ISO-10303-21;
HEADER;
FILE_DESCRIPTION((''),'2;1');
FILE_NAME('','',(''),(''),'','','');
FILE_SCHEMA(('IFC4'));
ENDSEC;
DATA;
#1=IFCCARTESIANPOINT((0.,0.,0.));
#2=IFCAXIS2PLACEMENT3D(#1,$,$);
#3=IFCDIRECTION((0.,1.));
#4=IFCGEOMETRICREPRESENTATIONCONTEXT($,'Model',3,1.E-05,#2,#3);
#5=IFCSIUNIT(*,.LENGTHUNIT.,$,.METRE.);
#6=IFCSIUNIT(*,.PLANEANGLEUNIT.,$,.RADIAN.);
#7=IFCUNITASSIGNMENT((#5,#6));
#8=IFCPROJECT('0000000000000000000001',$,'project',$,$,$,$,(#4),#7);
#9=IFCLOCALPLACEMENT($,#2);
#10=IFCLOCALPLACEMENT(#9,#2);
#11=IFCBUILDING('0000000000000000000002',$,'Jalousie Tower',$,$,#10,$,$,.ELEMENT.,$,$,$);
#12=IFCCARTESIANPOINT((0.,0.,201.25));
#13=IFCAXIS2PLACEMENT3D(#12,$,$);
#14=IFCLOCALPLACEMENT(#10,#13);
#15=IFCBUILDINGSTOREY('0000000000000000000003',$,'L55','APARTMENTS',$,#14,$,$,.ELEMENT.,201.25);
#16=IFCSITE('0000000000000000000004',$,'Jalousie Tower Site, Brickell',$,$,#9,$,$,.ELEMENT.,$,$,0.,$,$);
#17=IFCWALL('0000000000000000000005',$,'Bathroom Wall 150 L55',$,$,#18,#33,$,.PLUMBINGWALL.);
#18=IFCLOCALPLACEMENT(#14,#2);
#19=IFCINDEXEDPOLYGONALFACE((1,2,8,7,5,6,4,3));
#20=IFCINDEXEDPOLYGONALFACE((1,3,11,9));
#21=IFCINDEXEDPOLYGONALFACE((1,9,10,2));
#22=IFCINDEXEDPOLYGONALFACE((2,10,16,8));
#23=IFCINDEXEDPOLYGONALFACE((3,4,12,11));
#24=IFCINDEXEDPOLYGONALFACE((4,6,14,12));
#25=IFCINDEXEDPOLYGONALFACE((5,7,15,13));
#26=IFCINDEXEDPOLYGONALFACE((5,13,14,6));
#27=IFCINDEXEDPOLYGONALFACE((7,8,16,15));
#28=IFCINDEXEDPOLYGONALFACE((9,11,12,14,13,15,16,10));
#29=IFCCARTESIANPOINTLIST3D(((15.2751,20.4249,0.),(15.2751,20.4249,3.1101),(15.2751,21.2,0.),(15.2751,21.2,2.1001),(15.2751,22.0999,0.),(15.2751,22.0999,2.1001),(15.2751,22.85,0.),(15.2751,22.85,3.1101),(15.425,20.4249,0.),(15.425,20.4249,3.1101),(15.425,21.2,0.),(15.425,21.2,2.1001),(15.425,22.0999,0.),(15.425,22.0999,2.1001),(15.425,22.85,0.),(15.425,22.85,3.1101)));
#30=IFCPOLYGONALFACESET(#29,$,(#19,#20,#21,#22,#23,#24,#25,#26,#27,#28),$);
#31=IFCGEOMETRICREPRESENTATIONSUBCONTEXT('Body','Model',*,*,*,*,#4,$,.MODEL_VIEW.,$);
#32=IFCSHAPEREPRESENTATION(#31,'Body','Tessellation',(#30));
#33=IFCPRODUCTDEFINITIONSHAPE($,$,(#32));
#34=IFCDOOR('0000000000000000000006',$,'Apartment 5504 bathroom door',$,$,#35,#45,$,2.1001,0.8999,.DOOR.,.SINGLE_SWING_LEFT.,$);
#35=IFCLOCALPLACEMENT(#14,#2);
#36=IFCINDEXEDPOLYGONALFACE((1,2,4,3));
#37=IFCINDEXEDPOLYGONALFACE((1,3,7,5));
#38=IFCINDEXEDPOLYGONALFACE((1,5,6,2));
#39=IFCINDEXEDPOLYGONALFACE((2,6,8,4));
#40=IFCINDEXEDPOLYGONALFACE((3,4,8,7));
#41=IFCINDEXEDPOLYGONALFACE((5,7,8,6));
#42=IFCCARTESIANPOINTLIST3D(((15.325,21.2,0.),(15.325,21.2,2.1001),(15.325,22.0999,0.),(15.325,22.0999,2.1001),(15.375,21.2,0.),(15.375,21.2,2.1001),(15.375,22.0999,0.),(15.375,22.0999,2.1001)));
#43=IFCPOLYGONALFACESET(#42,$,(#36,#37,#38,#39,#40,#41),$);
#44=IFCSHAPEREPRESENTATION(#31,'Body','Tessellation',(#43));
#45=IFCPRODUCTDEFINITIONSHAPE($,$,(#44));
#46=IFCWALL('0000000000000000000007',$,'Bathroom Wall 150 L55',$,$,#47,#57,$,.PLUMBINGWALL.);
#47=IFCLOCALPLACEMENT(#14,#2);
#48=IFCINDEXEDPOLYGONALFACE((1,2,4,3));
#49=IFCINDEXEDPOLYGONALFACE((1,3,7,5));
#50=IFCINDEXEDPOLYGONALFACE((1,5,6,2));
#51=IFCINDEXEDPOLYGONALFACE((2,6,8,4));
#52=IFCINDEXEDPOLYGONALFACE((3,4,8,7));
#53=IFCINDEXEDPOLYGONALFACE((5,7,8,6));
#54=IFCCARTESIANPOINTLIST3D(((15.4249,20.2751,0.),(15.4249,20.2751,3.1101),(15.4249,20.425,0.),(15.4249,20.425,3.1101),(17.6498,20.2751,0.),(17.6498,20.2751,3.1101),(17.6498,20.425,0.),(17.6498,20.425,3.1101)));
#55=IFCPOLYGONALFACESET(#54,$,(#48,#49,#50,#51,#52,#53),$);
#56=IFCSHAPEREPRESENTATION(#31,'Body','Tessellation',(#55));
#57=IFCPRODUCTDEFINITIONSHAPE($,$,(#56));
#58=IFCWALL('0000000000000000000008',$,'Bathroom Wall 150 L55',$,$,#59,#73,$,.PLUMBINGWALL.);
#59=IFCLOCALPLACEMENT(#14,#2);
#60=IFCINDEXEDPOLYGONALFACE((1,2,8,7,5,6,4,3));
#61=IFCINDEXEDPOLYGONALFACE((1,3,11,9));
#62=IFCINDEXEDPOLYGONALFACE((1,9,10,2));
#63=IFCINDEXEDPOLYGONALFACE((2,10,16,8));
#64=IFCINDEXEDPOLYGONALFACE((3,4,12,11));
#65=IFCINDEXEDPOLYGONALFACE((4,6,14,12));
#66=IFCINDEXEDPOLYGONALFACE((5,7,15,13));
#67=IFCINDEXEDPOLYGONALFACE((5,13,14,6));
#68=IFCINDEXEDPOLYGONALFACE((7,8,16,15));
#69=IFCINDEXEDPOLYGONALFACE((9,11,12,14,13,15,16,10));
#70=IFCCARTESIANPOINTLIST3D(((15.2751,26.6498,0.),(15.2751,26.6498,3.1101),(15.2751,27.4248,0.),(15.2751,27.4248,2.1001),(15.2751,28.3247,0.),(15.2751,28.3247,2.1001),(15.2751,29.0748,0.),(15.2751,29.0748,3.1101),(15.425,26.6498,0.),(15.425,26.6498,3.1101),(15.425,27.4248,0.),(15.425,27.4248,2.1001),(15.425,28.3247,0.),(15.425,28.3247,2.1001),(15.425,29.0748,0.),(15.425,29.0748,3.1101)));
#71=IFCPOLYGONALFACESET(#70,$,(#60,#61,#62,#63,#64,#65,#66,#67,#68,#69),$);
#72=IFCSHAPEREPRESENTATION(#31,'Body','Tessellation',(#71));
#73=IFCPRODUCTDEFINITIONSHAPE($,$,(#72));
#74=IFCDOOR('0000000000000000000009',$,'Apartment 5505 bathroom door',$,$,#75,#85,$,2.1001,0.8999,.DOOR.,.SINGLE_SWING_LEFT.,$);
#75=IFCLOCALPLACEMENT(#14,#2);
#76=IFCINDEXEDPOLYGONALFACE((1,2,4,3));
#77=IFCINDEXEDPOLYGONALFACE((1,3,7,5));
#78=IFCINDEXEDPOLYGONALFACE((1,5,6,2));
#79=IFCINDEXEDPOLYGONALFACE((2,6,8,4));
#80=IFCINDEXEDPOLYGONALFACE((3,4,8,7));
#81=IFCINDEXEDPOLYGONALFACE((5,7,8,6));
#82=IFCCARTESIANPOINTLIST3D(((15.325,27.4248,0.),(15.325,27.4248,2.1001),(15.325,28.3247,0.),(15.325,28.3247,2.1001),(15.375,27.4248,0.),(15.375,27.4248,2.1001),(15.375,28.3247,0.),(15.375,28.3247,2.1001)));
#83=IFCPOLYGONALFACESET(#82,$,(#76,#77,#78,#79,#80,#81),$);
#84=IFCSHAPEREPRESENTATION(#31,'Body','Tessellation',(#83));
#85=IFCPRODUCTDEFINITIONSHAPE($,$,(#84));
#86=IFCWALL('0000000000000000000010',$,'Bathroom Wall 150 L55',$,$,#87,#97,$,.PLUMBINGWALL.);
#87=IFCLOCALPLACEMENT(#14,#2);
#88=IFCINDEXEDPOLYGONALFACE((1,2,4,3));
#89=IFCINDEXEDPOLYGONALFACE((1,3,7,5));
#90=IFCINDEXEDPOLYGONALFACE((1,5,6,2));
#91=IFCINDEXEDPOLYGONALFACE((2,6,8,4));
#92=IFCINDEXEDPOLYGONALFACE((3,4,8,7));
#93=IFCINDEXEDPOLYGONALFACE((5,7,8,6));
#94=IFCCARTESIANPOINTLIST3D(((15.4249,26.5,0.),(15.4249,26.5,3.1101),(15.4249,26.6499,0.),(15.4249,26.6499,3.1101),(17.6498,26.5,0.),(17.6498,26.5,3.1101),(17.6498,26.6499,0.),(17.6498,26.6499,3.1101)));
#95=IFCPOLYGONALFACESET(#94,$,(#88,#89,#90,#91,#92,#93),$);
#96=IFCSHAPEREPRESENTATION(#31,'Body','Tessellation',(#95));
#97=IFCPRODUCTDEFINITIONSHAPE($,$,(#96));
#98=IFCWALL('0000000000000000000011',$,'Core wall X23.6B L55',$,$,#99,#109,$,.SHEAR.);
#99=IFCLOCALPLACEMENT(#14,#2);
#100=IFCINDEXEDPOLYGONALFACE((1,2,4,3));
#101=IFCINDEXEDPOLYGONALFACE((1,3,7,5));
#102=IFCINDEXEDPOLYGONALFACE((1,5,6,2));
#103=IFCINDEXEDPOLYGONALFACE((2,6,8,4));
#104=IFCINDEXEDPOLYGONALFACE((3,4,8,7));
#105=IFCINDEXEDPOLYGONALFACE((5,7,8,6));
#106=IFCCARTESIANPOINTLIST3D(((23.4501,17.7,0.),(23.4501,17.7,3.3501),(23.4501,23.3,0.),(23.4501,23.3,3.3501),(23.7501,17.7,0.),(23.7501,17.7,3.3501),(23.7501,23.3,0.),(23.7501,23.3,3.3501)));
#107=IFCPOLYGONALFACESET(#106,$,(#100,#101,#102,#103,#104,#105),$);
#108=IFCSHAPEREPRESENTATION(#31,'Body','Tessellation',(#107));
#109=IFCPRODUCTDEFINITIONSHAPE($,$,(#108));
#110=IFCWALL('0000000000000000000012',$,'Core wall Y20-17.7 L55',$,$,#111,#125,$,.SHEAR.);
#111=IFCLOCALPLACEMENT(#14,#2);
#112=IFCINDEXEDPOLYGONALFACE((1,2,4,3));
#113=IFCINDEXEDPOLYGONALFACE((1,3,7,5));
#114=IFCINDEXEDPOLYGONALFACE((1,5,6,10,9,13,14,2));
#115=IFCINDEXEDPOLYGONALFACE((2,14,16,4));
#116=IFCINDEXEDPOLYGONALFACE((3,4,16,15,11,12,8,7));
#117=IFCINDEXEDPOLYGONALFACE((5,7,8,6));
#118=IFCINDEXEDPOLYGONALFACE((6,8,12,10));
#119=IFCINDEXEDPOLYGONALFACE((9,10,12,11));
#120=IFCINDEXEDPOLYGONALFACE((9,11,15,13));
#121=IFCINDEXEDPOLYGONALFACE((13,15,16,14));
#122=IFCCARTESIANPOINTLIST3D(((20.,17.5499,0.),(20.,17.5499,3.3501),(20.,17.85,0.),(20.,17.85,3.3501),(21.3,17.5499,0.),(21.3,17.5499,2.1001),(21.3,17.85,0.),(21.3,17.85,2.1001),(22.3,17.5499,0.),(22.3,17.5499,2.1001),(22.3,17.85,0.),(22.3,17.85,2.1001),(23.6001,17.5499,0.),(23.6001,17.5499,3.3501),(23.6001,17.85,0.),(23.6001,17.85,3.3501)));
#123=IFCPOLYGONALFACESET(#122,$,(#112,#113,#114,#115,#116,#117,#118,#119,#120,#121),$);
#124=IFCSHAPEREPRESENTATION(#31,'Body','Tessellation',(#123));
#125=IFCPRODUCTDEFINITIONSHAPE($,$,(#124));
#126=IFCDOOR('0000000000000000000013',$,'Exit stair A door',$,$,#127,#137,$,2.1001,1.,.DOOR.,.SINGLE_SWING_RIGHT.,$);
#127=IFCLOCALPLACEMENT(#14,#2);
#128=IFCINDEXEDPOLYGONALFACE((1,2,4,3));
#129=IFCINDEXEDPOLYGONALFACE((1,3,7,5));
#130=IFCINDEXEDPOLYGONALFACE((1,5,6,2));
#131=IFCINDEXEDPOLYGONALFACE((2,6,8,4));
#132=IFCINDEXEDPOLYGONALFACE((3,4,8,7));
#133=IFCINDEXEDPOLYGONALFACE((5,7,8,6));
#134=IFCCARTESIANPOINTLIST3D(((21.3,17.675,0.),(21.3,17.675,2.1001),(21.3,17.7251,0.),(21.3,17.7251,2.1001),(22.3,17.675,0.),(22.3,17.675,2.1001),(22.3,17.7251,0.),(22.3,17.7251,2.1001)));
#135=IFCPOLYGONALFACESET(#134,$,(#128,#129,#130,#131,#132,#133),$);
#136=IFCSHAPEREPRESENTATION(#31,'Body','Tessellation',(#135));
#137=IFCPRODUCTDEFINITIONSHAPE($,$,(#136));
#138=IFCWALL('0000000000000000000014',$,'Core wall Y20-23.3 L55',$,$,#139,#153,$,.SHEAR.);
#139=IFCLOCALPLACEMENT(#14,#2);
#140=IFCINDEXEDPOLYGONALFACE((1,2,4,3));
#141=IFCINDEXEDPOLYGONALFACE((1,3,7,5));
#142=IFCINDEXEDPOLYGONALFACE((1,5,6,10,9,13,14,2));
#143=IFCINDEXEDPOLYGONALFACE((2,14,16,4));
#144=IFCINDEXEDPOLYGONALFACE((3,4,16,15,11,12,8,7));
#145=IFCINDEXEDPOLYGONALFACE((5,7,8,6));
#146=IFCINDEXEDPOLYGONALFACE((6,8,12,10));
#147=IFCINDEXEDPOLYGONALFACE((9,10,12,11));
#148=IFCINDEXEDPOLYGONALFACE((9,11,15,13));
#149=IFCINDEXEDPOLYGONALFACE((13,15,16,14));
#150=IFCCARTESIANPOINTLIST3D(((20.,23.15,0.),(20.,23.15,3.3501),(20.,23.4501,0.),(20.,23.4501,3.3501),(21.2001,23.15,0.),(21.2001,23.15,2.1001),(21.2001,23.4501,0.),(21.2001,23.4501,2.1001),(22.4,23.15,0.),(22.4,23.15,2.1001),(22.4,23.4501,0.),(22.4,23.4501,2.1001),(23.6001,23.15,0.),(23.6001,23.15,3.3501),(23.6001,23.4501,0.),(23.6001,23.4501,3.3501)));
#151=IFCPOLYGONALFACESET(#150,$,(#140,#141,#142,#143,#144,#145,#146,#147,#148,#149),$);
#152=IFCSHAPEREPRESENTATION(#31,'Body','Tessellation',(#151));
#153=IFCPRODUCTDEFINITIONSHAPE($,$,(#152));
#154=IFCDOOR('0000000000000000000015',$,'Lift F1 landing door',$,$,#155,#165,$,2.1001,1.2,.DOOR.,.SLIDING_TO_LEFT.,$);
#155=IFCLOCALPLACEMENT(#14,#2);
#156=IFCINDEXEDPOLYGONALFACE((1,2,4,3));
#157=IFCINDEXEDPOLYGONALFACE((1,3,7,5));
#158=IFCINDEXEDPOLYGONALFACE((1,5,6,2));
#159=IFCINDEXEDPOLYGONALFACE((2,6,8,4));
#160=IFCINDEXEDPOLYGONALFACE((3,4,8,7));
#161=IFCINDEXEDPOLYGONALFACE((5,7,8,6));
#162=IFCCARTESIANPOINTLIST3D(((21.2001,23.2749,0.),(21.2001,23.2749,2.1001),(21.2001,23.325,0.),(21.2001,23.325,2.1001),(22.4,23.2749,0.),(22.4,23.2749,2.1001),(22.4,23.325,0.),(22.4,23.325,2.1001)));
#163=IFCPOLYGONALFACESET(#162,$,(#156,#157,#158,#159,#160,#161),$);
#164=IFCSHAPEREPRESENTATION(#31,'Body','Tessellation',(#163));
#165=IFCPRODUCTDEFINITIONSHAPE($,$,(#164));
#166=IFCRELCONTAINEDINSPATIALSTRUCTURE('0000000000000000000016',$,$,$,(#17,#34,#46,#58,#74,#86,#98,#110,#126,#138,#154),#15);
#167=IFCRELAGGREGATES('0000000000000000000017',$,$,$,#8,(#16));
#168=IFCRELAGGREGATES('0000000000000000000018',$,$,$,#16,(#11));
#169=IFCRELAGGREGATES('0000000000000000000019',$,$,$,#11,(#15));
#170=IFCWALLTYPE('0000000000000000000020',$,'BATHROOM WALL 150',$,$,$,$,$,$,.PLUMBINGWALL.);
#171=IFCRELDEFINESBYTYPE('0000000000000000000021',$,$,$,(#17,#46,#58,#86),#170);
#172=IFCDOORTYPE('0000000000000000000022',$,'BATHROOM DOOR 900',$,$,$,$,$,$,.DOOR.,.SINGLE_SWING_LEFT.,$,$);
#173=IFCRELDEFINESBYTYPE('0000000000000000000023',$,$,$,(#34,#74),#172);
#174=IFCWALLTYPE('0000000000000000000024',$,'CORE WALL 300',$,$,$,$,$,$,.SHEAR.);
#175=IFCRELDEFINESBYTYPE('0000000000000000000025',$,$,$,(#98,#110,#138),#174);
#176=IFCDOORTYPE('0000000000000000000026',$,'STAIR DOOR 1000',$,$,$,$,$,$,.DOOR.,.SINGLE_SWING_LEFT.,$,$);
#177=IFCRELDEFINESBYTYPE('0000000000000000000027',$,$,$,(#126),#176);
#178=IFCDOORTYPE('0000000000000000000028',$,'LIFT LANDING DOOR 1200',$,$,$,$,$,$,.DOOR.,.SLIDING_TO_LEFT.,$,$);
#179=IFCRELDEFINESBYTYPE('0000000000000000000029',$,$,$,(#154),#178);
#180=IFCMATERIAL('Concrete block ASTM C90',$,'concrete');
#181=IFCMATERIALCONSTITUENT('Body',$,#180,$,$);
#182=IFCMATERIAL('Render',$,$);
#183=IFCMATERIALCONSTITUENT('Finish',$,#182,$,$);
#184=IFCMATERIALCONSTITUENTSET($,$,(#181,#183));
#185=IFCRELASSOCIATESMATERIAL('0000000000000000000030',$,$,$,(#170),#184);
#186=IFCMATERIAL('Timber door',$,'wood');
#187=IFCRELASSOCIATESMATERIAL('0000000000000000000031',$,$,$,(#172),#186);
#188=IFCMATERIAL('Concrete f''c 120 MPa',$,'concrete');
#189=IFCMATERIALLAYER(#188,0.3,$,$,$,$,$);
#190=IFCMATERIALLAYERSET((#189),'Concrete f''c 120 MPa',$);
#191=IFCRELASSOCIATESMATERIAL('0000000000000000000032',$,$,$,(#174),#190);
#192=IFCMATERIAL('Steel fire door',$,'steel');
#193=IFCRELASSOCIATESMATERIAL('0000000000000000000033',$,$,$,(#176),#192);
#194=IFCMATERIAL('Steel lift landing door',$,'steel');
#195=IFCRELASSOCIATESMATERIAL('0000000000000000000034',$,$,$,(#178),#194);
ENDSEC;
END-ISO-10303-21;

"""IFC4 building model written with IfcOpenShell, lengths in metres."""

from ifc_helpers import new_model, si_unit, direction, frame, frame_2d, origin, place, context, subcontext, project, spatial, rectangle, extrude, material, layer, layer_set, constituent, constituent_set, type_object, element, fill, save


model = new_model("IFC4")

# Units and contexts
model_context = context("Model", 3, precision=1e-05, world=origin(), true_north=direction((0.0, 1.0)))
body_context = subcontext(model_context, "Body", "Model", "MODEL_VIEW")
ifc_project = project(units=[si_unit("LENGTHUNIT", "METRE"), si_unit("PLANEANGLEUNIT", "RADIAN")], contexts=[model_context])

# Site, building, storey
site_placement = place(None, origin())
site = spatial("IfcSite", under=ifc_project, at=site_placement, Name="Jalousie Tower Site, Brickell", CompositionType="ELEMENT", RefElevation=0.0)
building_placement = place(site_placement, origin())
building = spatial("IfcBuilding", under=site, at=building_placement, Name="Jalousie Tower", CompositionType="ELEMENT")
storey_placement = place(building_placement, frame((0.0, 0.0, 201.25)))
storey = spatial("IfcBuildingStorey", under=building, at=storey_placement, Name="L55", Description="APARTMENTS", CompositionType="ELEMENT", Elevation=201.25)

# Wall, opening, door
ifc_material_1 = material(Name="Concrete block ASTM C90", Category="concrete")
ifc_constituent_1 = constituent(ifc_material_1, Name="Body")
ifc_material_2 = material(Name="Render")
ifc_constituent_2 = constituent(ifc_material_2, Name="Finish")
ifc_constituent_set_1 = constituent_set(constituents=[ifc_constituent_1, ifc_constituent_2])
wall_type_1 = type_object("IfcWallType", Name="BATHROOM WALL 150", PredefinedType="PLUMBINGWALL", material=ifc_constituent_set_1)
wall_1_placement = place(storey_placement, frame((15.3501, 20.425, 0.0), z_axis=(0.0, 0.0, 1.0), x_axis=(0.0, 1.0, 0.0)))
wall_1 = element("IfcWall", 1, at=wall_1_placement, inside=storey, type_object=wall_type_1, Name="Bathroom Wall 150 L55", PredefinedType="PLUMBINGWALL", context=body_context, shape_type="SweptSolid", body=[
    extrude(rectangle(XDim=2.425, YDim=0.1499, at=frame_2d((1.2124, 0.0))), origin(), (0.0, 0.0, 1.0), 3.1101),
])
opening_1_placement = place(wall_1_placement, frame((0.7749, 0.0, 0.0)))
opening_1 = element("IfcOpeningElement", 2, at=opening_1_placement, cuts=wall_1, PredefinedType="OPENING", context=body_context, shape_type="SweptSolid", body=[
    extrude(rectangle(XDim=0.8999, YDim=2.1001, at=frame_2d((0.45, 1.05))), frame((0.0, 0.085, 0.0), z_axis=(0.0, -1.0, 0.0), x_axis=(1.0, 0.0, 0.0)), (0.0, 0.0, 1.0), 0.1699),
])
ifc_material_3 = material(Name="Timber door", Category="wood")
door_type_1 = type_object("IfcDoorType", Name="BATHROOM DOOR 900", OperationType="SINGLE_SWING_LEFT", PredefinedType="DOOR", material=ifc_material_3)
door_1_placement = place(opening_1_placement, frame((0.8999, 0.0, 0.0), z_axis=(0.0, 0.0, 1.0), x_axis=(-1.0, 0.0, 0.0)))
door_1 = element("IfcDoor", 3, at=door_1_placement, inside=storey, type_object=door_type_1, Name="Apartment 5504 bathroom door", OperationType="SINGLE_SWING_LEFT", OverallHeight=2.1001, OverallWidth=0.8999, PredefinedType="DOOR", context=body_context, shape_type="SweptSolid", body=[
    extrude(rectangle(XDim=0.8999, YDim=2.1001, at=frame_2d((0.45, 1.05))), frame((0.0, 0.0249, 0.0), z_axis=(0.0, -1.0, 0.0), x_axis=(1.0, 0.0, 0.0)), (0.0, 0.0, 1.0), 0.05),
])
fill(opening_1, door_1)

# Wall
wall_2_placement = place(storey_placement, frame((15.425, 20.3501, 0.0), z_axis=(0.0, 0.0, 1.0), x_axis=(1.0, 0.0, 0.0)))
element("IfcWall", 4, at=wall_2_placement, inside=storey, type_object=wall_type_1, Name="Bathroom Wall 150 L55", PredefinedType="PLUMBINGWALL", context=body_context, shape_type="SweptSolid", body=[
    extrude(rectangle(XDim=2.2249, YDim=0.1499, at=frame_2d((1.1123, 0.0))), origin(), (0.0, 0.0, 1.0), 3.1101),
])

# Wall, opening, door
wall_3_placement = place(storey_placement, frame((15.3501, 26.6499, 0.0), z_axis=(0.0, 0.0, 1.0), x_axis=(0.0, 1.0, 0.0)))
wall_3 = element("IfcWall", 5, at=wall_3_placement, inside=storey, type_object=wall_type_1, Name="Bathroom Wall 150 L55", PredefinedType="PLUMBINGWALL", context=body_context, shape_type="SweptSolid", body=[
    extrude(rectangle(XDim=2.425, YDim=0.1499, at=frame_2d((1.2124, 0.0))), origin(), (0.0, 0.0, 1.0), 3.1101),
])
opening_2_placement = place(wall_3_placement, frame((0.7749, 0.0, 0.0)))
opening_2 = element("IfcOpeningElement", 6, at=opening_2_placement, cuts=wall_3, PredefinedType="OPENING", context=body_context, shape_type="SweptSolid", body=[
    extrude(rectangle(XDim=0.8999, YDim=2.1001, at=frame_2d((0.45, 1.05))), frame((0.0, 0.085, 0.0), z_axis=(0.0, -1.0, 0.0), x_axis=(1.0, 0.0, 0.0)), (0.0, 0.0, 1.0), 0.1699),
])
door_2_placement = place(opening_2_placement, frame((0.8999, 0.0, 0.0), z_axis=(0.0, 0.0, 1.0), x_axis=(-1.0, 0.0, 0.0)))
door_2 = element("IfcDoor", 7, at=door_2_placement, inside=storey, type_object=door_type_1, Name="Apartment 5505 bathroom door", OperationType="SINGLE_SWING_LEFT", OverallHeight=2.1001, OverallWidth=0.8999, PredefinedType="DOOR", context=body_context, shape_type="SweptSolid", body=[
    extrude(rectangle(XDim=0.8999, YDim=2.1001, at=frame_2d((0.45, 1.05))), frame((0.0, 0.0249, 0.0), z_axis=(0.0, -1.0, 0.0), x_axis=(1.0, 0.0, 0.0)), (0.0, 0.0, 1.0), 0.05),
])
fill(opening_2, door_2)

# Walls
wall_4_placement = place(storey_placement, frame((15.425, 26.575, 0.0), z_axis=(0.0, 0.0, 1.0), x_axis=(1.0, 0.0, 0.0)))
element("IfcWall", 8, at=wall_4_placement, inside=storey, type_object=wall_type_1, Name="Bathroom Wall 150 L55", PredefinedType="PLUMBINGWALL", context=body_context, shape_type="SweptSolid", body=[
    extrude(rectangle(XDim=2.2249, YDim=0.1499, at=frame_2d((1.1123, 0.0))), origin(), (0.0, 0.0, 1.0), 3.1101),
])
ifc_material_4 = material(Name="Concrete f'c 120 MPa", Category="concrete")
ifc_layer_1 = layer(ifc_material_4, 0.3)
ifc_layer_set_1 = layer_set([ifc_layer_1], Name="Concrete f'c 120 MPa")
wall_type_2 = type_object("IfcWallType", Name="CORE WALL 300", PredefinedType="SHEAR", material=ifc_layer_set_1)
wall_5_placement = place(storey_placement, frame((23.6001, 17.7, 0.0), z_axis=(0.0, 0.0, 1.0), x_axis=(0.0, 1.0, 0.0)))
element("IfcWall", 9, at=wall_5_placement, inside=storey, type_object=wall_type_2, Name="Core wall X23.6B L55", PredefinedType="SHEAR", context=body_context, shape_type="SweptSolid", body=[
    extrude(rectangle(XDim=5.6001, YDim=0.3, at=frame_2d((2.8, 0.0))), origin(), (0.0, 0.0, 1.0), 3.3501),
])

# Walls, openings, doors
wall_6_placement = place(storey_placement, frame((20.0, 17.7, 0.0), z_axis=(0.0, 0.0, 1.0), x_axis=(1.0, 0.0, 0.0)))
wall_6 = element("IfcWall", 10, at=wall_6_placement, inside=storey, type_object=wall_type_2, Name="Core wall Y20-17.7 L55", PredefinedType="SHEAR", context=body_context, shape_type="SweptSolid", body=[
    extrude(rectangle(XDim=3.6001, YDim=0.3, at=frame_2d((1.8, 0.0))), origin(), (0.0, 0.0, 1.0), 3.3501),
])
opening_3_placement = place(wall_6_placement, frame((1.3, 0.0, 0.0)))
opening_3 = element("IfcOpeningElement", 11, at=opening_3_placement, cuts=wall_6, PredefinedType="OPENING", context=body_context, shape_type="SweptSolid", body=[
    extrude(rectangle(XDim=1.0, YDim=2.1001, at=frame_2d((0.5, 1.05))), frame((0.0, 0.1599, 0.0), z_axis=(0.0, -1.0, 0.0), x_axis=(1.0, 0.0, 0.0)), (0.0, 0.0, 1.0), 0.3201),
])
ifc_material_5 = material(Name="Steel fire door", Category="steel")
door_type_2 = type_object("IfcDoorType", Name="STAIR DOOR 1000", OperationType="SINGLE_SWING_LEFT", PredefinedType="DOOR", material=ifc_material_5)
door_3_placement = place(opening_3_placement, frame((1.0, 0.0, 0.0), z_axis=(0.0, 0.0, 1.0), x_axis=(-1.0, 0.0, 0.0)))
door_3 = element("IfcDoor", 12, at=door_3_placement, inside=storey, type_object=door_type_2, Name="Exit stair A door", OperationType="SINGLE_SWING_RIGHT", OverallHeight=2.1001, OverallWidth=1.0, PredefinedType="DOOR", context=body_context, shape_type="SweptSolid", body=[
    extrude(rectangle(XDim=1.0, YDim=2.1001, at=frame_2d((0.5, 1.05))), frame((0.0, 0.0249, 0.0), z_axis=(0.0, -1.0, 0.0), x_axis=(1.0, 0.0, 0.0)), (0.0, 0.0, 1.0), 0.05),
])
fill(opening_3, door_3)
wall_7_placement = place(storey_placement, frame((20.0, 23.3, 0.0), z_axis=(0.0, 0.0, 1.0), x_axis=(1.0, 0.0, 0.0)))
wall_7 = element("IfcWall", 13, at=wall_7_placement, inside=storey, type_object=wall_type_2, Name="Core wall Y20-23.3 L55", PredefinedType="SHEAR", context=body_context, shape_type="SweptSolid", body=[
    extrude(rectangle(XDim=3.6001, YDim=0.3, at=frame_2d((1.8, 0.0))), origin(), (0.0, 0.0, 1.0), 3.3501),
])
opening_4_placement = place(wall_7_placement, frame((1.2, 0.0, 0.0)))
opening_4 = element("IfcOpeningElement", 14, at=opening_4_placement, cuts=wall_7, PredefinedType="OPENING", context=body_context, shape_type="SweptSolid", body=[
    extrude(rectangle(XDim=1.2, YDim=2.1001, at=frame_2d((0.6001, 1.05))), frame((0.0, 0.1599, 0.0), z_axis=(0.0, -1.0, 0.0), x_axis=(1.0, 0.0, 0.0)), (0.0, 0.0, 1.0), 0.3201),
])
ifc_material_6 = material(Name="Steel lift landing door", Category="steel")
door_type_3 = type_object("IfcDoorType", Name="LIFT LANDING DOOR 1200", OperationType="SLIDING_TO_LEFT", PredefinedType="DOOR", material=ifc_material_6)
door_4_placement = place(opening_4_placement, origin())
door_4 = element("IfcDoor", 15, at=door_4_placement, inside=storey, type_object=door_type_3, Name="Lift F1 landing door", OperationType="SLIDING_TO_LEFT", OverallHeight=2.1001, OverallWidth=1.2, PredefinedType="DOOR", context=body_context, shape_type="SweptSolid", body=[
    extrude(rectangle(XDim=1.2, YDim=2.1001, at=frame_2d((0.6001, 1.05))), frame((0.0, 0.0249, 0.0), z_axis=(0.0, -1.0, 0.0), x_axis=(1.0, 0.0, 0.0)), (0.0, 0.0, 1.0), 0.05),
])
fill(opening_4, door_4)

save(model, "model.ifc")
